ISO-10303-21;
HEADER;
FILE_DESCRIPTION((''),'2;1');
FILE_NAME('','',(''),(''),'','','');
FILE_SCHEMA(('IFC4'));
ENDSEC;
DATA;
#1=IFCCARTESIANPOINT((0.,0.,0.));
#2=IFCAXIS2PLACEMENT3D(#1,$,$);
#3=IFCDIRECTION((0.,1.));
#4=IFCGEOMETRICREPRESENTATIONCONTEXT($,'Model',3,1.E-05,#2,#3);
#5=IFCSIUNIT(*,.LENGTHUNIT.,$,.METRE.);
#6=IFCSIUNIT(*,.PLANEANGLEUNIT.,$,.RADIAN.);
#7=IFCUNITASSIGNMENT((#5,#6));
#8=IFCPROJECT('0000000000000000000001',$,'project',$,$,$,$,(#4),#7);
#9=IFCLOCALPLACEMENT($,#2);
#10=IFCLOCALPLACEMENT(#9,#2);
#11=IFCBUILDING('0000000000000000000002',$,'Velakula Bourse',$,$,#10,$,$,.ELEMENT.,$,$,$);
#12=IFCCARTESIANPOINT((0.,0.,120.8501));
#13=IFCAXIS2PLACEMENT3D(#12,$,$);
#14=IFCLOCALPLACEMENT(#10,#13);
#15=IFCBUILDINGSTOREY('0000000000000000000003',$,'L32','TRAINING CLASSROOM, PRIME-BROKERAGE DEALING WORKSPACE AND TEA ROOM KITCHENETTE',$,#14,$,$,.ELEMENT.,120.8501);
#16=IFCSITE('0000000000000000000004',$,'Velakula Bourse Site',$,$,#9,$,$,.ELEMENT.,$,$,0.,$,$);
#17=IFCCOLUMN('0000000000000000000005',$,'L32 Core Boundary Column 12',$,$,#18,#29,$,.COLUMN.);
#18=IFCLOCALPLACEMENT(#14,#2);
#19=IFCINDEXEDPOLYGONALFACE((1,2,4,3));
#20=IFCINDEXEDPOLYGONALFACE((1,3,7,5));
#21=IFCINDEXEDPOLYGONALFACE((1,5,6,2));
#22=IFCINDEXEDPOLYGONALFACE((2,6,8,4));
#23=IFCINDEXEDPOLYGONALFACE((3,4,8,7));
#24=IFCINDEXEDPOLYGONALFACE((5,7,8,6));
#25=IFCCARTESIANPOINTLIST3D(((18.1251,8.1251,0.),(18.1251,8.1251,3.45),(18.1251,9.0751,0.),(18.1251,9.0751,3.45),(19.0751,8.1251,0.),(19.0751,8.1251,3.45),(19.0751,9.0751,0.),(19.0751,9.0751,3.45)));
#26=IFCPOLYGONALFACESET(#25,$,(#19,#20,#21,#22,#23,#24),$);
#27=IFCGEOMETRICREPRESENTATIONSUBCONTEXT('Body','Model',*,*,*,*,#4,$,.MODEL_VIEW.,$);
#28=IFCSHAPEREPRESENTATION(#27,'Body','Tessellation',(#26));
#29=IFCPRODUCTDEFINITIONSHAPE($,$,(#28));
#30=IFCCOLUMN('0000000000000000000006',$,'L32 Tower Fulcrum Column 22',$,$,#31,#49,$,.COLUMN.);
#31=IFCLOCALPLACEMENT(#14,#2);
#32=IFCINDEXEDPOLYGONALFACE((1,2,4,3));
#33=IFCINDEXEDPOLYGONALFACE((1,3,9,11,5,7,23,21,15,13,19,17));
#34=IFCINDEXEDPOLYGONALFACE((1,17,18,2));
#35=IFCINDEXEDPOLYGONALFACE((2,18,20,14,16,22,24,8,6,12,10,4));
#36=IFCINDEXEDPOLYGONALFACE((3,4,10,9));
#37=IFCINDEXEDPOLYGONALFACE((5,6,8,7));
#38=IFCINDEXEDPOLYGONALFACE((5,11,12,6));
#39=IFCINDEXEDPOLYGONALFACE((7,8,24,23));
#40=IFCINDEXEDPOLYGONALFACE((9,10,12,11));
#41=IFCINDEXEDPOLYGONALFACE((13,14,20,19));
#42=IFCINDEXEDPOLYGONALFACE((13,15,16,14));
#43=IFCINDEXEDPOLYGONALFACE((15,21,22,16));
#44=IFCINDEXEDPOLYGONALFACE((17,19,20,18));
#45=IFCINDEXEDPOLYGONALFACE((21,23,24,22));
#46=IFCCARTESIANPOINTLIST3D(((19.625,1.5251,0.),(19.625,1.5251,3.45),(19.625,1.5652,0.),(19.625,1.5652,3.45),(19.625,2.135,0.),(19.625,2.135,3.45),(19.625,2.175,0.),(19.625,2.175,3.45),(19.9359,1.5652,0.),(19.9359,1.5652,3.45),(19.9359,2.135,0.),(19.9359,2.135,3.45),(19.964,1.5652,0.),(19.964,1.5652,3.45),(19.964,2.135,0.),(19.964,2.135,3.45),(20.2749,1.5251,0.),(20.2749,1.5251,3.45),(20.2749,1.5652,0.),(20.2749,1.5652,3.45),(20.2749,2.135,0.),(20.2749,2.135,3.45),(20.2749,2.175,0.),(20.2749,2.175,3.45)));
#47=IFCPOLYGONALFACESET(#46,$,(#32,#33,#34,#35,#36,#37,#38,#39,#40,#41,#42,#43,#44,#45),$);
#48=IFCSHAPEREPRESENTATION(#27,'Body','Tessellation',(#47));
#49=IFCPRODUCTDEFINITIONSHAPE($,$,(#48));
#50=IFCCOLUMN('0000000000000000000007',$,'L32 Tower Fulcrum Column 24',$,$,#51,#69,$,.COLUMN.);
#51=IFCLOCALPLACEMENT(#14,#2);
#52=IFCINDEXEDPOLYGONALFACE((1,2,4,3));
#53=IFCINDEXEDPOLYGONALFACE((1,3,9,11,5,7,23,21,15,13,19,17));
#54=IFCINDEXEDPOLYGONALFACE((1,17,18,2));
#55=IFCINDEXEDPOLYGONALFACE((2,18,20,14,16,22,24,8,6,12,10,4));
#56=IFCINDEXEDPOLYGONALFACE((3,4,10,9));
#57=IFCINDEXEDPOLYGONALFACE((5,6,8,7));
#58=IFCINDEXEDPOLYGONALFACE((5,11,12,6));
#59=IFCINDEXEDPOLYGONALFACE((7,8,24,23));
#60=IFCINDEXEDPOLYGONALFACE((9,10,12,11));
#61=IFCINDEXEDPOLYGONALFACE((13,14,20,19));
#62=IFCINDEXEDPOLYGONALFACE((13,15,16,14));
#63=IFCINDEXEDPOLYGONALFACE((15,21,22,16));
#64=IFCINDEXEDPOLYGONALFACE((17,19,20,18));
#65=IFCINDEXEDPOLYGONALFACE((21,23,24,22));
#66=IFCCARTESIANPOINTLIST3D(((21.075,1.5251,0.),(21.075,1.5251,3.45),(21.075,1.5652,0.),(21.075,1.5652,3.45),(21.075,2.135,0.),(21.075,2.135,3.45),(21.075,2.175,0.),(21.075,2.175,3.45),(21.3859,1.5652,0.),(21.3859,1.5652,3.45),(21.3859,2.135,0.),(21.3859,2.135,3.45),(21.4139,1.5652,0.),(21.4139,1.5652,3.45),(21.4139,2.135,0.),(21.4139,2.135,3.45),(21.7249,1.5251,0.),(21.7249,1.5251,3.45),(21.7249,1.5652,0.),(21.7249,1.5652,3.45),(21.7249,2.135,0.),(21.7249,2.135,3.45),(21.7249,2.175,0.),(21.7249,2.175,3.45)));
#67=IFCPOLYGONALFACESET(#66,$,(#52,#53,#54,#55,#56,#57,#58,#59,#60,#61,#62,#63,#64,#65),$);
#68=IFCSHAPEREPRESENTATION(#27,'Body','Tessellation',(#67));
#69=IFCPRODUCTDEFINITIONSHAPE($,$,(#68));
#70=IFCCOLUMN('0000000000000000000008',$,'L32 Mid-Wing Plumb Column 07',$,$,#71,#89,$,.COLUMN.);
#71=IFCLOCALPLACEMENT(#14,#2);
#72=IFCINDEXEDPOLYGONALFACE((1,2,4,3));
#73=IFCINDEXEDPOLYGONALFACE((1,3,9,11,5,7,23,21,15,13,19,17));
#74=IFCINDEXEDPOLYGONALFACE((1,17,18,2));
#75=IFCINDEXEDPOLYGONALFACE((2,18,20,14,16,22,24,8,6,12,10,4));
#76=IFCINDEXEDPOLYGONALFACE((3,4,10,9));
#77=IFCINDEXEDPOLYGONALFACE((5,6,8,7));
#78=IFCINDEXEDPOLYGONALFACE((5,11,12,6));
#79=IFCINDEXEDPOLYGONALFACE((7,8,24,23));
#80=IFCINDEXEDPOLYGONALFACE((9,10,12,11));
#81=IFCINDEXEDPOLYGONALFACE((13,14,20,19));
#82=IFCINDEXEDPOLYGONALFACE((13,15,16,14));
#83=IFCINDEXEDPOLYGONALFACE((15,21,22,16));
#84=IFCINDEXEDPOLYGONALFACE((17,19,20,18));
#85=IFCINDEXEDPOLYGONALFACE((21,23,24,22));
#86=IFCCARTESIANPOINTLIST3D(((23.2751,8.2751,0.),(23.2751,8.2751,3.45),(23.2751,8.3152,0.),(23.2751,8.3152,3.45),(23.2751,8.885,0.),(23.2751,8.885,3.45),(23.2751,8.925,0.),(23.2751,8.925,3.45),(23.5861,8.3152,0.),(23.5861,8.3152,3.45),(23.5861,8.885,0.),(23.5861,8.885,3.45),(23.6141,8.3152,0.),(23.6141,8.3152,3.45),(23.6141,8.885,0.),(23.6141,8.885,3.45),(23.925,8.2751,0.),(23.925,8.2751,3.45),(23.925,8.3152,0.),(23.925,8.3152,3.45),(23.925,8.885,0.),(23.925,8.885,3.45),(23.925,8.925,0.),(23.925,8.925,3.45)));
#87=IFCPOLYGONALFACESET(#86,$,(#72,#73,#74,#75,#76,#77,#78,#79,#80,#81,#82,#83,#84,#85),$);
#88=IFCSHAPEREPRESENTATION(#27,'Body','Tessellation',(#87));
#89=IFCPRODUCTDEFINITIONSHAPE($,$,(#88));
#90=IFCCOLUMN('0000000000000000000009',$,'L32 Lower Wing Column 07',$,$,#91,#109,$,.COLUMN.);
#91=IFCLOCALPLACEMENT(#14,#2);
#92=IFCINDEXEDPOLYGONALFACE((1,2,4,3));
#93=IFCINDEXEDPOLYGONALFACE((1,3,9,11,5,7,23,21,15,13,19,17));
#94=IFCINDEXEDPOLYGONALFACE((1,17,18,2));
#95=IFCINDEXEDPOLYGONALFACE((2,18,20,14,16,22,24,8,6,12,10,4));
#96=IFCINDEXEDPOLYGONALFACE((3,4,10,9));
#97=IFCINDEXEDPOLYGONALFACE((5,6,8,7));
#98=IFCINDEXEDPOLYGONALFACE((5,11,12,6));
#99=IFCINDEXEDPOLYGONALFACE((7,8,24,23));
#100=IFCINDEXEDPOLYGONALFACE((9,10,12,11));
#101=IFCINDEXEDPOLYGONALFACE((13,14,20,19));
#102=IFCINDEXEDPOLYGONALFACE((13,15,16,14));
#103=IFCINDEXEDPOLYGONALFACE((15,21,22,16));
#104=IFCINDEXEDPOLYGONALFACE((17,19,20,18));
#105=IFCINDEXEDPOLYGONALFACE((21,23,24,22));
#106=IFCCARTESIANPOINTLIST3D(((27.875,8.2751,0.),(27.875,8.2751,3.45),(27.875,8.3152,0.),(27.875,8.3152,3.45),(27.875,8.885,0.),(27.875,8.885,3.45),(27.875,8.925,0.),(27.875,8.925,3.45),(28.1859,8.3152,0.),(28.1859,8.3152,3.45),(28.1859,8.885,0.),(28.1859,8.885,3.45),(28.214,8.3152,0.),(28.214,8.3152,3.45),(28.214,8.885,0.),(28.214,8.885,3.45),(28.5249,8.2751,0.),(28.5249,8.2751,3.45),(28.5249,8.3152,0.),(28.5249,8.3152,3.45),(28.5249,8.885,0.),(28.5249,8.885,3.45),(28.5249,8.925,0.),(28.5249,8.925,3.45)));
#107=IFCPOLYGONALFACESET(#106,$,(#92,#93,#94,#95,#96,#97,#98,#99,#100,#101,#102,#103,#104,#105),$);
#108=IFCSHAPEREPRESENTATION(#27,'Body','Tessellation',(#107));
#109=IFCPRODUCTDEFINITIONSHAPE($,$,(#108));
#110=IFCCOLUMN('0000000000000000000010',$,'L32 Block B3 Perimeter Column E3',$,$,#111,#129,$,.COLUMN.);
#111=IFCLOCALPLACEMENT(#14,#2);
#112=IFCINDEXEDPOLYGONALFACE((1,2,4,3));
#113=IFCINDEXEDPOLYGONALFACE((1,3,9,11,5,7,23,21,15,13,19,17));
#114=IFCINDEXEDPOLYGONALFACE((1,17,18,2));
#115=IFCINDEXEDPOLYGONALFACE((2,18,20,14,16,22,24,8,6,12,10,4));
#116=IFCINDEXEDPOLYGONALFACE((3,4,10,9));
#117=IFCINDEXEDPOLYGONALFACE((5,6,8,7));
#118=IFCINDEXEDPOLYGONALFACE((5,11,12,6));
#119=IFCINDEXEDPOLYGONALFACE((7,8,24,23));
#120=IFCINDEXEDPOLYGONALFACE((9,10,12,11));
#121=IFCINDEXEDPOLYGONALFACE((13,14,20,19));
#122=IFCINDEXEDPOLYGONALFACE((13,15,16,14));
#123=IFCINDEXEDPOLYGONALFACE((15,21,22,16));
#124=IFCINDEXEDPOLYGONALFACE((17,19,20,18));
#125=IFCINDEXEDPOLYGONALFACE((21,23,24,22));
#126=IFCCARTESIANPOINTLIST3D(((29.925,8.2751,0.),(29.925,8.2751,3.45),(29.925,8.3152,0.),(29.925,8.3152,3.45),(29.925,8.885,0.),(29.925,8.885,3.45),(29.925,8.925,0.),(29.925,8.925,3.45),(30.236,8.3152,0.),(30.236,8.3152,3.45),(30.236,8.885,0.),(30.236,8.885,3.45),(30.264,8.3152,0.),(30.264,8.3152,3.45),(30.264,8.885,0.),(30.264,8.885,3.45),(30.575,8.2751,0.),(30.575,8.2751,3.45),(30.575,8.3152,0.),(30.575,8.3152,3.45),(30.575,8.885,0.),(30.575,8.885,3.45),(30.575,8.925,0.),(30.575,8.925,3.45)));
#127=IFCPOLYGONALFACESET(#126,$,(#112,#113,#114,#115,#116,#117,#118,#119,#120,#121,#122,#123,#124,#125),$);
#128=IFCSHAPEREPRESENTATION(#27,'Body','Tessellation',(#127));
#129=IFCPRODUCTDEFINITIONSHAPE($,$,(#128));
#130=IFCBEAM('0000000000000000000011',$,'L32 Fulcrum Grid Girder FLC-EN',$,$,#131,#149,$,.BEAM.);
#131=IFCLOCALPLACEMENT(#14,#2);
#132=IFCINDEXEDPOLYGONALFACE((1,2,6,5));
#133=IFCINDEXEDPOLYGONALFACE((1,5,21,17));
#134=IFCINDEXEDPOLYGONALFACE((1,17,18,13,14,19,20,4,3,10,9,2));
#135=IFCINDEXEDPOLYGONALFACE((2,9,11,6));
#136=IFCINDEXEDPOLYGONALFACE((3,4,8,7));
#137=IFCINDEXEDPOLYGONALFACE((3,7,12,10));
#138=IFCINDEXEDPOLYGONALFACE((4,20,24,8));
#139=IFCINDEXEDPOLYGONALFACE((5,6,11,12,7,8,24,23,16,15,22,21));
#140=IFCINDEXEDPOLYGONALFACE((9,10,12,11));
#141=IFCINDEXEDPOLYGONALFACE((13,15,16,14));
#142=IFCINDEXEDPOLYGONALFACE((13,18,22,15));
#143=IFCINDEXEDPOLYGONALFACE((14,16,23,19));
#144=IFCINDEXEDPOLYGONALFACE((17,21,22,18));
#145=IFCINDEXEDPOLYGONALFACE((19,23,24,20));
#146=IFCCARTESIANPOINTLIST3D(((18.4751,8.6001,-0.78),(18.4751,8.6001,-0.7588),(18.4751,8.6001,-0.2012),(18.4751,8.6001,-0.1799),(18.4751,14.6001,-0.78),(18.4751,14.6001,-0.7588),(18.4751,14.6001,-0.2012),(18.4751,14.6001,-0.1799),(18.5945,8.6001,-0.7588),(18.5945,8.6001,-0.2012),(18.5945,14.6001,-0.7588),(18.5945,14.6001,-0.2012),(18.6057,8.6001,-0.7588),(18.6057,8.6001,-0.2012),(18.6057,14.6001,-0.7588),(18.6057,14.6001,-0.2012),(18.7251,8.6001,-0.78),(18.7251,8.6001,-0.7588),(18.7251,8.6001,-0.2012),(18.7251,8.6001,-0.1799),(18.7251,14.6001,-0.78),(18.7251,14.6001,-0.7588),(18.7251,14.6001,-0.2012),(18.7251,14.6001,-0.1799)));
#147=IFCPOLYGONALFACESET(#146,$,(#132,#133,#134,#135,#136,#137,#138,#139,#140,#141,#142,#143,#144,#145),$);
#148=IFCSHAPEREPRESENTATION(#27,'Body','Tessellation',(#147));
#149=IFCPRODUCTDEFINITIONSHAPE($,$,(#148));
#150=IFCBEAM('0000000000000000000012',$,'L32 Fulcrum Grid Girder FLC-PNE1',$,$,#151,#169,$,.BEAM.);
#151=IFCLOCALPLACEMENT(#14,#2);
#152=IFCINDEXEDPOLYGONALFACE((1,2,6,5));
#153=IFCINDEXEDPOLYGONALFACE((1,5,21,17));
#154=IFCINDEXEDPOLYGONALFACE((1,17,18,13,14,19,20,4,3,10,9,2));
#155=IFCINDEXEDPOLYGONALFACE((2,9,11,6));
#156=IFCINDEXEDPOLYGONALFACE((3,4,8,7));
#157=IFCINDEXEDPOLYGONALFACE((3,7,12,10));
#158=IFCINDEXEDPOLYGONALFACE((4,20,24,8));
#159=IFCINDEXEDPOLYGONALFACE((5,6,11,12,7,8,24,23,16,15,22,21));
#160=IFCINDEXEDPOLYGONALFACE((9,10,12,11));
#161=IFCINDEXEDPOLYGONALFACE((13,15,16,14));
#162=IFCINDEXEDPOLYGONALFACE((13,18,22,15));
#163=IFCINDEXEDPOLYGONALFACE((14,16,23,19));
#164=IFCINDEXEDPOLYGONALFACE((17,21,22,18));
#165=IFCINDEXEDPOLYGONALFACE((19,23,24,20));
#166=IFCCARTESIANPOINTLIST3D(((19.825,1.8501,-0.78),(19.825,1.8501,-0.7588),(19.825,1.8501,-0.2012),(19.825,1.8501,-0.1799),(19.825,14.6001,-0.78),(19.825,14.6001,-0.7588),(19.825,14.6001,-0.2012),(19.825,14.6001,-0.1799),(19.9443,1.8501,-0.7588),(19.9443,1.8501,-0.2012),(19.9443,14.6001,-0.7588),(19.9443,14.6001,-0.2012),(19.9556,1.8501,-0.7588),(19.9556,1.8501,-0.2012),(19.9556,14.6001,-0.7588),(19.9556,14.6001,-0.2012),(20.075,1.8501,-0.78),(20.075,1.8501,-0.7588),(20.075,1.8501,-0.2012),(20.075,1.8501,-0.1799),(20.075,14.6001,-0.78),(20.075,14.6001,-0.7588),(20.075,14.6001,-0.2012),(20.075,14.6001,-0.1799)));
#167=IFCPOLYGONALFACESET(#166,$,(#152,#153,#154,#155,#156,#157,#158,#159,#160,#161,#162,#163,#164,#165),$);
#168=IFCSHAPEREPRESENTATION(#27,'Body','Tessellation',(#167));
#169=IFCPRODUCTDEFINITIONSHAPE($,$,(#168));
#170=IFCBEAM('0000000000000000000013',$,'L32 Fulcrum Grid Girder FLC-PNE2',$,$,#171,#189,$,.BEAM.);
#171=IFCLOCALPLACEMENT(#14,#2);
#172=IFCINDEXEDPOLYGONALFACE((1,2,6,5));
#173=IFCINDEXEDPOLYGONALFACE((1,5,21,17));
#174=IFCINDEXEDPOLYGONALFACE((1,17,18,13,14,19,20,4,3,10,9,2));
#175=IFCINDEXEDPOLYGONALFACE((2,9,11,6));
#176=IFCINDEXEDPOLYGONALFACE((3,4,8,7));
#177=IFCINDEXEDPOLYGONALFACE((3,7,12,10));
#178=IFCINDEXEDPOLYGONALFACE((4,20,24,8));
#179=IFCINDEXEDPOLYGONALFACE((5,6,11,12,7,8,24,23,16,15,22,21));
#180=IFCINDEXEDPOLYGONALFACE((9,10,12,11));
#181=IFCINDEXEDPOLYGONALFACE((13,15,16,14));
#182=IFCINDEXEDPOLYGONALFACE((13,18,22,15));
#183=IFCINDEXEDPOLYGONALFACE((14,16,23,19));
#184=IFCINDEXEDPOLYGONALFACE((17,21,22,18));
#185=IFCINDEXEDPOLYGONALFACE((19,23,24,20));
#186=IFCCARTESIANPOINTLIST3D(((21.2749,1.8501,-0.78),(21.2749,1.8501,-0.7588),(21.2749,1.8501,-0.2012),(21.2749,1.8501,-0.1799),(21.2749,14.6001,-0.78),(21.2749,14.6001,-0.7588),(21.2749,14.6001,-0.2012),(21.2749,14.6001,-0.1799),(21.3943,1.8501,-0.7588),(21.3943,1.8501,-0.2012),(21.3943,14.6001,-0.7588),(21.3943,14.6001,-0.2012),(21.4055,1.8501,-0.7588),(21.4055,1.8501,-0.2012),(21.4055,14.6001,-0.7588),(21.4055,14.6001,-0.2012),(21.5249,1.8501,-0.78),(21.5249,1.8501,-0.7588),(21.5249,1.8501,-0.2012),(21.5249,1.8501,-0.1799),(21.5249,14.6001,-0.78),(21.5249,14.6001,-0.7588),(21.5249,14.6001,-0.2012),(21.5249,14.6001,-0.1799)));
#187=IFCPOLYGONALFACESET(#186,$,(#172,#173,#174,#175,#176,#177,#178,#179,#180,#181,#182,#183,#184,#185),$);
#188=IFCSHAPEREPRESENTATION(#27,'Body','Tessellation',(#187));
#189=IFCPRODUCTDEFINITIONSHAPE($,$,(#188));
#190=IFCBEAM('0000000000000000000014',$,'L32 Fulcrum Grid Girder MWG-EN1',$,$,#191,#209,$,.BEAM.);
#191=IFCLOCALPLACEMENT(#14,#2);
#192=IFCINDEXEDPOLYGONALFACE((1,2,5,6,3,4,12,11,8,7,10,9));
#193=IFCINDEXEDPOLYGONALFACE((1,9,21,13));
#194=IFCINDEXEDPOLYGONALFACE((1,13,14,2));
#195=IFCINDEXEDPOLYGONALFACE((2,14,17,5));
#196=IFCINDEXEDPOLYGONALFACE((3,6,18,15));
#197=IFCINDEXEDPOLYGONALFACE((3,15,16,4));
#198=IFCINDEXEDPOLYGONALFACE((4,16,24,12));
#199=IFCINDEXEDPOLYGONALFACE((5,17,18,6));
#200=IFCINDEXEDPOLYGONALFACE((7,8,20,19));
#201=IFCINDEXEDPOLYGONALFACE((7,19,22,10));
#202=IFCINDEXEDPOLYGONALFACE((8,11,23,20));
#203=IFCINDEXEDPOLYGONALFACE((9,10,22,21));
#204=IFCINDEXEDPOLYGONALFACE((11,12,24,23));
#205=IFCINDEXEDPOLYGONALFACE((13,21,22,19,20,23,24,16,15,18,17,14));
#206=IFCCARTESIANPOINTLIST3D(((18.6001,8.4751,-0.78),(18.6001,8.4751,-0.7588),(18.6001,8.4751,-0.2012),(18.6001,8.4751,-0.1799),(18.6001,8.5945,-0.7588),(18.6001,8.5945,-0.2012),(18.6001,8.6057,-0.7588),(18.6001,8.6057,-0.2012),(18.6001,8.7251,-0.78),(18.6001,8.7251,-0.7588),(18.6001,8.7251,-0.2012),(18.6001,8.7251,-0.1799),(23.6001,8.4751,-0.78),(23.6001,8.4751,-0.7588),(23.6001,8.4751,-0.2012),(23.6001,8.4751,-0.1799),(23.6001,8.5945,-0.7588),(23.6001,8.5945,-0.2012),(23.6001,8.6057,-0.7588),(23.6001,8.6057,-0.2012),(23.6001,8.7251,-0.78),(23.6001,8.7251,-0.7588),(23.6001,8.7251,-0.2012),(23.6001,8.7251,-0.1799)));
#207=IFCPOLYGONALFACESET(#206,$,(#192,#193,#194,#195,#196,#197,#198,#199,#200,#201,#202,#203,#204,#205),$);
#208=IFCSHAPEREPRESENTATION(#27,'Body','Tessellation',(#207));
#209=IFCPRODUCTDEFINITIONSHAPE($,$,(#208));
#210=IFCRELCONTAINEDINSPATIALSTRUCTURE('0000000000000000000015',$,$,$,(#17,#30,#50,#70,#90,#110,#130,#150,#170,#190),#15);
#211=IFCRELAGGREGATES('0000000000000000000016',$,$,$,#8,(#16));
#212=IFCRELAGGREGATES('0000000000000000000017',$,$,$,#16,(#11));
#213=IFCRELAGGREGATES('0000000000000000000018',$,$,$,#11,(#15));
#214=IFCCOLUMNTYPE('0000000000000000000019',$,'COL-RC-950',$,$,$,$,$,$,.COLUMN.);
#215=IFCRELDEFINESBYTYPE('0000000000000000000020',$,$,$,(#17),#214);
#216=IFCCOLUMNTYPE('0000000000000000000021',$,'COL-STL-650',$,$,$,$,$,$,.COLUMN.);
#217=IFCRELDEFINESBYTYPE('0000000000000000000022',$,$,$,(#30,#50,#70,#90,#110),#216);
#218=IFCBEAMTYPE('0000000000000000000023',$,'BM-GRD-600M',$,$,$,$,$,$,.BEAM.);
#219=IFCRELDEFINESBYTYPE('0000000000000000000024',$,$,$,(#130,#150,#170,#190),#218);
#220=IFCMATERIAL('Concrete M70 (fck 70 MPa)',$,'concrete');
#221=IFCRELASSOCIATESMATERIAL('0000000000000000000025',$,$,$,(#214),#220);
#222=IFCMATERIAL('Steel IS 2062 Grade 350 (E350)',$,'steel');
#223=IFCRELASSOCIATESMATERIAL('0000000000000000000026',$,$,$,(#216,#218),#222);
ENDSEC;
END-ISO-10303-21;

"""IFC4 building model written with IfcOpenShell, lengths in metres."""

from ifc_helpers import new_model, si_unit, direction, frame, origin, origin_2d, place, context, subcontext, project, spatial, rectangle, i_section, extrude, material, material_profile, profile_set, type_object, element, save


model = new_model("IFC4")

# Units and contexts
model_context = context("Model", 3, precision=1e-05, world=origin(), true_north=direction((0.0, 1.0)))
body_context = subcontext(model_context, "Body", "Model", "MODEL_VIEW")
ifc_project = project(units=[si_unit("LENGTHUNIT", "METRE"), si_unit("PLANEANGLEUNIT", "RADIAN")], contexts=[model_context])

# Site, building, storey
site_placement = place(None, origin())
site = spatial("IfcSite", under=ifc_project, at=site_placement, Name="Velakula Bourse Site", CompositionType="ELEMENT", RefElevation=0.0)
building_placement = place(site_placement, origin())
building = spatial("IfcBuilding", under=site, at=building_placement, Name="Velakula Bourse", CompositionType="ELEMENT")
storey_placement = place(building_placement, frame((0.0, 0.0, 120.8501)))
storey = spatial("IfcBuildingStorey", under=building, at=storey_placement, Name="L32", Description="TRAINING CLASSROOM, PRIME-BROKERAGE DEALING WORKSPACE AND TEA ROOM KITCHENETTE", CompositionType="ELEMENT", Elevation=120.8501)

# Columns
ifc_material_1 = material(Name="Concrete M70 (fck 70 MPa)", Category="concrete")
ifc_material_profile_1 = material_profile(ifc_material_1, rectangle(XDim=0.95, YDim=0.95, at=origin_2d()), Name="Concrete M70 (fck 70 MPa)")
ifc_profile_set_1 = profile_set([ifc_material_profile_1], Name="Concrete M70 (fck 70 MPa)")
column_type_1 = type_object("IfcColumnType", Name="COL-RC-950", PredefinedType="COLUMN", material=ifc_profile_set_1)
column_placement = place(storey_placement, frame((18.6001, 8.6001, 0.0), z_axis=(0.0, 0.0, 1.0), x_axis=(1.0, 0.0, 0.0)))
element("IfcColumn", 1, at=column_placement, inside=storey, type_object=column_type_1, Name="L32 Core Boundary Column 12", PredefinedType="COLUMN", context=body_context, shape_type="SweptSolid", body=[
    extrude(rectangle(XDim=0.95, YDim=0.95, at=origin_2d()), origin(), (0.0, 0.0, 1.0), 3.45),
])
ifc_material_2 = material(Name="Steel IS 2062 Grade 350 (E350)", Category="steel")
ifc_material_profile_2 = material_profile(ifc_material_2, i_section(OverallWidth=0.6499, OverallDepth=0.6499, WebThickness=0.0281, FlangeThickness=0.04, at=origin_2d()), Name="Steel IS 2062 Grade 350 (E350)")
ifc_profile_set_2 = profile_set([ifc_material_profile_2], Name="Steel IS 2062 Grade 350 (E350)")
column_type_2 = type_object("IfcColumnType", Name="COL-STL-650", PredefinedType="COLUMN", material=ifc_profile_set_2)
for number, where, z_axis, x_axis, name in (
    (2, (19.95, 1.8501, 0.0), (0.0, 0.0, 1.0), (1.0, 0.0, 0.0), "L32 Tower Fulcrum Column 22"),
    (3, (21.3999, 1.8501, 0.0), (0.0, 0.0, 1.0), (1.0, 0.0, 0.0), "L32 Tower Fulcrum Column 24"),
    (4, (23.6001, 8.6001, 0.0), (0.0, 0.0, 1.0), (1.0, 0.0, 0.0), "L32 Mid-Wing Plumb Column 07"),
    (5, (28.2, 8.6001, 0.0), (0.0, 0.0, 1.0), (1.0, 0.0, 0.0), "L32 Lower Wing Column 07"),
    (6, (30.25, 8.6001, 0.0), (0.0, 0.0, 1.0), (1.0, 0.0, 0.0), "L32 Block B3 Perimeter Column E3"),
):
    element("IfcColumn", number, at=place(storey_placement, frame(where, z_axis=z_axis, x_axis=x_axis)), inside=storey, type_object=column_type_2, Name=name, PredefinedType="COLUMN", context=body_context, shape_type="SweptSolid", body=[
        extrude(i_section(OverallWidth=0.6499, OverallDepth=0.6499, WebThickness=0.0281, FlangeThickness=0.04, at=origin_2d()), origin(), (0.0, 0.0, 1.0), 3.45),
    ])

# Beams
ifc_material_profile_3 = material_profile(ifc_material_2, i_section(OverallWidth=0.25, OverallDepth=0.6001, WebThickness=0.0112, FlangeThickness=0.0212, at=origin_2d()), Name="Steel IS 2062 Grade 350 (E350)")
ifc_profile_set_3 = profile_set([ifc_material_profile_3], Name="Steel IS 2062 Grade 350 (E350)")
beam_type_1 = type_object("IfcBeamType", Name="BM-GRD-600M", PredefinedType="BEAM", material=ifc_profile_set_3)
beam_1_placement = place(storey_placement, frame((18.6001, 8.6001, -0.48), z_axis=(0.0, 1.0, 0.0), x_axis=(-1.0, 0.0, 0.0)))
element("IfcBeam", 7, at=beam_1_placement, inside=storey, type_object=beam_type_1, Name="L32 Fulcrum Grid Girder FLC-EN", PredefinedType="BEAM", context=body_context, shape_type="SweptSolid", body=[
    extrude(i_section(OverallWidth=0.25, OverallDepth=0.6001, WebThickness=0.0112, FlangeThickness=0.0212, at=origin_2d()), origin(), (0.0, 0.0, 1.0), 6.0),
])
for number, where, z_axis, x_axis, name in (
    (8, (19.95, 1.8501, -0.48), (0.0, 1.0, 0.0), (-1.0, 0.0, 0.0), "L32 Fulcrum Grid Girder FLC-PNE1"),
    (9, (21.3999, 1.8501, -0.48), (0.0, 1.0, 0.0), (-1.0, 0.0, 0.0), "L32 Fulcrum Grid Girder FLC-PNE2"),
):
    element("IfcBeam", number, at=place(storey_placement, frame(where, z_axis=z_axis, x_axis=x_axis)), inside=storey, type_object=beam_type_1, Name=name, PredefinedType="BEAM", context=body_context, shape_type="SweptSolid", body=[
        extrude(i_section(OverallWidth=0.25, OverallDepth=0.6001, WebThickness=0.0112, FlangeThickness=0.0212, at=origin_2d()), origin(), (0.0, 0.0, 1.0), 12.75),
    ])
beam_2_placement = place(storey_placement, frame((18.6001, 8.6001, -0.48), z_axis=(1.0, 0.0, 0.0), x_axis=(0.0, 1.0, 0.0)))
element("IfcBeam", 10, at=beam_2_placement, inside=storey, type_object=beam_type_1, Name="L32 Fulcrum Grid Girder MWG-EN1", PredefinedType="BEAM", context=body_context, shape_type="SweptSolid", body=[
    extrude(i_section(OverallWidth=0.25, OverallDepth=0.6001, WebThickness=0.0112, FlangeThickness=0.0212, at=origin_2d()), origin(), (0.0, 0.0, 1.0), 5.0),
])

save(model, "model.ifc")
